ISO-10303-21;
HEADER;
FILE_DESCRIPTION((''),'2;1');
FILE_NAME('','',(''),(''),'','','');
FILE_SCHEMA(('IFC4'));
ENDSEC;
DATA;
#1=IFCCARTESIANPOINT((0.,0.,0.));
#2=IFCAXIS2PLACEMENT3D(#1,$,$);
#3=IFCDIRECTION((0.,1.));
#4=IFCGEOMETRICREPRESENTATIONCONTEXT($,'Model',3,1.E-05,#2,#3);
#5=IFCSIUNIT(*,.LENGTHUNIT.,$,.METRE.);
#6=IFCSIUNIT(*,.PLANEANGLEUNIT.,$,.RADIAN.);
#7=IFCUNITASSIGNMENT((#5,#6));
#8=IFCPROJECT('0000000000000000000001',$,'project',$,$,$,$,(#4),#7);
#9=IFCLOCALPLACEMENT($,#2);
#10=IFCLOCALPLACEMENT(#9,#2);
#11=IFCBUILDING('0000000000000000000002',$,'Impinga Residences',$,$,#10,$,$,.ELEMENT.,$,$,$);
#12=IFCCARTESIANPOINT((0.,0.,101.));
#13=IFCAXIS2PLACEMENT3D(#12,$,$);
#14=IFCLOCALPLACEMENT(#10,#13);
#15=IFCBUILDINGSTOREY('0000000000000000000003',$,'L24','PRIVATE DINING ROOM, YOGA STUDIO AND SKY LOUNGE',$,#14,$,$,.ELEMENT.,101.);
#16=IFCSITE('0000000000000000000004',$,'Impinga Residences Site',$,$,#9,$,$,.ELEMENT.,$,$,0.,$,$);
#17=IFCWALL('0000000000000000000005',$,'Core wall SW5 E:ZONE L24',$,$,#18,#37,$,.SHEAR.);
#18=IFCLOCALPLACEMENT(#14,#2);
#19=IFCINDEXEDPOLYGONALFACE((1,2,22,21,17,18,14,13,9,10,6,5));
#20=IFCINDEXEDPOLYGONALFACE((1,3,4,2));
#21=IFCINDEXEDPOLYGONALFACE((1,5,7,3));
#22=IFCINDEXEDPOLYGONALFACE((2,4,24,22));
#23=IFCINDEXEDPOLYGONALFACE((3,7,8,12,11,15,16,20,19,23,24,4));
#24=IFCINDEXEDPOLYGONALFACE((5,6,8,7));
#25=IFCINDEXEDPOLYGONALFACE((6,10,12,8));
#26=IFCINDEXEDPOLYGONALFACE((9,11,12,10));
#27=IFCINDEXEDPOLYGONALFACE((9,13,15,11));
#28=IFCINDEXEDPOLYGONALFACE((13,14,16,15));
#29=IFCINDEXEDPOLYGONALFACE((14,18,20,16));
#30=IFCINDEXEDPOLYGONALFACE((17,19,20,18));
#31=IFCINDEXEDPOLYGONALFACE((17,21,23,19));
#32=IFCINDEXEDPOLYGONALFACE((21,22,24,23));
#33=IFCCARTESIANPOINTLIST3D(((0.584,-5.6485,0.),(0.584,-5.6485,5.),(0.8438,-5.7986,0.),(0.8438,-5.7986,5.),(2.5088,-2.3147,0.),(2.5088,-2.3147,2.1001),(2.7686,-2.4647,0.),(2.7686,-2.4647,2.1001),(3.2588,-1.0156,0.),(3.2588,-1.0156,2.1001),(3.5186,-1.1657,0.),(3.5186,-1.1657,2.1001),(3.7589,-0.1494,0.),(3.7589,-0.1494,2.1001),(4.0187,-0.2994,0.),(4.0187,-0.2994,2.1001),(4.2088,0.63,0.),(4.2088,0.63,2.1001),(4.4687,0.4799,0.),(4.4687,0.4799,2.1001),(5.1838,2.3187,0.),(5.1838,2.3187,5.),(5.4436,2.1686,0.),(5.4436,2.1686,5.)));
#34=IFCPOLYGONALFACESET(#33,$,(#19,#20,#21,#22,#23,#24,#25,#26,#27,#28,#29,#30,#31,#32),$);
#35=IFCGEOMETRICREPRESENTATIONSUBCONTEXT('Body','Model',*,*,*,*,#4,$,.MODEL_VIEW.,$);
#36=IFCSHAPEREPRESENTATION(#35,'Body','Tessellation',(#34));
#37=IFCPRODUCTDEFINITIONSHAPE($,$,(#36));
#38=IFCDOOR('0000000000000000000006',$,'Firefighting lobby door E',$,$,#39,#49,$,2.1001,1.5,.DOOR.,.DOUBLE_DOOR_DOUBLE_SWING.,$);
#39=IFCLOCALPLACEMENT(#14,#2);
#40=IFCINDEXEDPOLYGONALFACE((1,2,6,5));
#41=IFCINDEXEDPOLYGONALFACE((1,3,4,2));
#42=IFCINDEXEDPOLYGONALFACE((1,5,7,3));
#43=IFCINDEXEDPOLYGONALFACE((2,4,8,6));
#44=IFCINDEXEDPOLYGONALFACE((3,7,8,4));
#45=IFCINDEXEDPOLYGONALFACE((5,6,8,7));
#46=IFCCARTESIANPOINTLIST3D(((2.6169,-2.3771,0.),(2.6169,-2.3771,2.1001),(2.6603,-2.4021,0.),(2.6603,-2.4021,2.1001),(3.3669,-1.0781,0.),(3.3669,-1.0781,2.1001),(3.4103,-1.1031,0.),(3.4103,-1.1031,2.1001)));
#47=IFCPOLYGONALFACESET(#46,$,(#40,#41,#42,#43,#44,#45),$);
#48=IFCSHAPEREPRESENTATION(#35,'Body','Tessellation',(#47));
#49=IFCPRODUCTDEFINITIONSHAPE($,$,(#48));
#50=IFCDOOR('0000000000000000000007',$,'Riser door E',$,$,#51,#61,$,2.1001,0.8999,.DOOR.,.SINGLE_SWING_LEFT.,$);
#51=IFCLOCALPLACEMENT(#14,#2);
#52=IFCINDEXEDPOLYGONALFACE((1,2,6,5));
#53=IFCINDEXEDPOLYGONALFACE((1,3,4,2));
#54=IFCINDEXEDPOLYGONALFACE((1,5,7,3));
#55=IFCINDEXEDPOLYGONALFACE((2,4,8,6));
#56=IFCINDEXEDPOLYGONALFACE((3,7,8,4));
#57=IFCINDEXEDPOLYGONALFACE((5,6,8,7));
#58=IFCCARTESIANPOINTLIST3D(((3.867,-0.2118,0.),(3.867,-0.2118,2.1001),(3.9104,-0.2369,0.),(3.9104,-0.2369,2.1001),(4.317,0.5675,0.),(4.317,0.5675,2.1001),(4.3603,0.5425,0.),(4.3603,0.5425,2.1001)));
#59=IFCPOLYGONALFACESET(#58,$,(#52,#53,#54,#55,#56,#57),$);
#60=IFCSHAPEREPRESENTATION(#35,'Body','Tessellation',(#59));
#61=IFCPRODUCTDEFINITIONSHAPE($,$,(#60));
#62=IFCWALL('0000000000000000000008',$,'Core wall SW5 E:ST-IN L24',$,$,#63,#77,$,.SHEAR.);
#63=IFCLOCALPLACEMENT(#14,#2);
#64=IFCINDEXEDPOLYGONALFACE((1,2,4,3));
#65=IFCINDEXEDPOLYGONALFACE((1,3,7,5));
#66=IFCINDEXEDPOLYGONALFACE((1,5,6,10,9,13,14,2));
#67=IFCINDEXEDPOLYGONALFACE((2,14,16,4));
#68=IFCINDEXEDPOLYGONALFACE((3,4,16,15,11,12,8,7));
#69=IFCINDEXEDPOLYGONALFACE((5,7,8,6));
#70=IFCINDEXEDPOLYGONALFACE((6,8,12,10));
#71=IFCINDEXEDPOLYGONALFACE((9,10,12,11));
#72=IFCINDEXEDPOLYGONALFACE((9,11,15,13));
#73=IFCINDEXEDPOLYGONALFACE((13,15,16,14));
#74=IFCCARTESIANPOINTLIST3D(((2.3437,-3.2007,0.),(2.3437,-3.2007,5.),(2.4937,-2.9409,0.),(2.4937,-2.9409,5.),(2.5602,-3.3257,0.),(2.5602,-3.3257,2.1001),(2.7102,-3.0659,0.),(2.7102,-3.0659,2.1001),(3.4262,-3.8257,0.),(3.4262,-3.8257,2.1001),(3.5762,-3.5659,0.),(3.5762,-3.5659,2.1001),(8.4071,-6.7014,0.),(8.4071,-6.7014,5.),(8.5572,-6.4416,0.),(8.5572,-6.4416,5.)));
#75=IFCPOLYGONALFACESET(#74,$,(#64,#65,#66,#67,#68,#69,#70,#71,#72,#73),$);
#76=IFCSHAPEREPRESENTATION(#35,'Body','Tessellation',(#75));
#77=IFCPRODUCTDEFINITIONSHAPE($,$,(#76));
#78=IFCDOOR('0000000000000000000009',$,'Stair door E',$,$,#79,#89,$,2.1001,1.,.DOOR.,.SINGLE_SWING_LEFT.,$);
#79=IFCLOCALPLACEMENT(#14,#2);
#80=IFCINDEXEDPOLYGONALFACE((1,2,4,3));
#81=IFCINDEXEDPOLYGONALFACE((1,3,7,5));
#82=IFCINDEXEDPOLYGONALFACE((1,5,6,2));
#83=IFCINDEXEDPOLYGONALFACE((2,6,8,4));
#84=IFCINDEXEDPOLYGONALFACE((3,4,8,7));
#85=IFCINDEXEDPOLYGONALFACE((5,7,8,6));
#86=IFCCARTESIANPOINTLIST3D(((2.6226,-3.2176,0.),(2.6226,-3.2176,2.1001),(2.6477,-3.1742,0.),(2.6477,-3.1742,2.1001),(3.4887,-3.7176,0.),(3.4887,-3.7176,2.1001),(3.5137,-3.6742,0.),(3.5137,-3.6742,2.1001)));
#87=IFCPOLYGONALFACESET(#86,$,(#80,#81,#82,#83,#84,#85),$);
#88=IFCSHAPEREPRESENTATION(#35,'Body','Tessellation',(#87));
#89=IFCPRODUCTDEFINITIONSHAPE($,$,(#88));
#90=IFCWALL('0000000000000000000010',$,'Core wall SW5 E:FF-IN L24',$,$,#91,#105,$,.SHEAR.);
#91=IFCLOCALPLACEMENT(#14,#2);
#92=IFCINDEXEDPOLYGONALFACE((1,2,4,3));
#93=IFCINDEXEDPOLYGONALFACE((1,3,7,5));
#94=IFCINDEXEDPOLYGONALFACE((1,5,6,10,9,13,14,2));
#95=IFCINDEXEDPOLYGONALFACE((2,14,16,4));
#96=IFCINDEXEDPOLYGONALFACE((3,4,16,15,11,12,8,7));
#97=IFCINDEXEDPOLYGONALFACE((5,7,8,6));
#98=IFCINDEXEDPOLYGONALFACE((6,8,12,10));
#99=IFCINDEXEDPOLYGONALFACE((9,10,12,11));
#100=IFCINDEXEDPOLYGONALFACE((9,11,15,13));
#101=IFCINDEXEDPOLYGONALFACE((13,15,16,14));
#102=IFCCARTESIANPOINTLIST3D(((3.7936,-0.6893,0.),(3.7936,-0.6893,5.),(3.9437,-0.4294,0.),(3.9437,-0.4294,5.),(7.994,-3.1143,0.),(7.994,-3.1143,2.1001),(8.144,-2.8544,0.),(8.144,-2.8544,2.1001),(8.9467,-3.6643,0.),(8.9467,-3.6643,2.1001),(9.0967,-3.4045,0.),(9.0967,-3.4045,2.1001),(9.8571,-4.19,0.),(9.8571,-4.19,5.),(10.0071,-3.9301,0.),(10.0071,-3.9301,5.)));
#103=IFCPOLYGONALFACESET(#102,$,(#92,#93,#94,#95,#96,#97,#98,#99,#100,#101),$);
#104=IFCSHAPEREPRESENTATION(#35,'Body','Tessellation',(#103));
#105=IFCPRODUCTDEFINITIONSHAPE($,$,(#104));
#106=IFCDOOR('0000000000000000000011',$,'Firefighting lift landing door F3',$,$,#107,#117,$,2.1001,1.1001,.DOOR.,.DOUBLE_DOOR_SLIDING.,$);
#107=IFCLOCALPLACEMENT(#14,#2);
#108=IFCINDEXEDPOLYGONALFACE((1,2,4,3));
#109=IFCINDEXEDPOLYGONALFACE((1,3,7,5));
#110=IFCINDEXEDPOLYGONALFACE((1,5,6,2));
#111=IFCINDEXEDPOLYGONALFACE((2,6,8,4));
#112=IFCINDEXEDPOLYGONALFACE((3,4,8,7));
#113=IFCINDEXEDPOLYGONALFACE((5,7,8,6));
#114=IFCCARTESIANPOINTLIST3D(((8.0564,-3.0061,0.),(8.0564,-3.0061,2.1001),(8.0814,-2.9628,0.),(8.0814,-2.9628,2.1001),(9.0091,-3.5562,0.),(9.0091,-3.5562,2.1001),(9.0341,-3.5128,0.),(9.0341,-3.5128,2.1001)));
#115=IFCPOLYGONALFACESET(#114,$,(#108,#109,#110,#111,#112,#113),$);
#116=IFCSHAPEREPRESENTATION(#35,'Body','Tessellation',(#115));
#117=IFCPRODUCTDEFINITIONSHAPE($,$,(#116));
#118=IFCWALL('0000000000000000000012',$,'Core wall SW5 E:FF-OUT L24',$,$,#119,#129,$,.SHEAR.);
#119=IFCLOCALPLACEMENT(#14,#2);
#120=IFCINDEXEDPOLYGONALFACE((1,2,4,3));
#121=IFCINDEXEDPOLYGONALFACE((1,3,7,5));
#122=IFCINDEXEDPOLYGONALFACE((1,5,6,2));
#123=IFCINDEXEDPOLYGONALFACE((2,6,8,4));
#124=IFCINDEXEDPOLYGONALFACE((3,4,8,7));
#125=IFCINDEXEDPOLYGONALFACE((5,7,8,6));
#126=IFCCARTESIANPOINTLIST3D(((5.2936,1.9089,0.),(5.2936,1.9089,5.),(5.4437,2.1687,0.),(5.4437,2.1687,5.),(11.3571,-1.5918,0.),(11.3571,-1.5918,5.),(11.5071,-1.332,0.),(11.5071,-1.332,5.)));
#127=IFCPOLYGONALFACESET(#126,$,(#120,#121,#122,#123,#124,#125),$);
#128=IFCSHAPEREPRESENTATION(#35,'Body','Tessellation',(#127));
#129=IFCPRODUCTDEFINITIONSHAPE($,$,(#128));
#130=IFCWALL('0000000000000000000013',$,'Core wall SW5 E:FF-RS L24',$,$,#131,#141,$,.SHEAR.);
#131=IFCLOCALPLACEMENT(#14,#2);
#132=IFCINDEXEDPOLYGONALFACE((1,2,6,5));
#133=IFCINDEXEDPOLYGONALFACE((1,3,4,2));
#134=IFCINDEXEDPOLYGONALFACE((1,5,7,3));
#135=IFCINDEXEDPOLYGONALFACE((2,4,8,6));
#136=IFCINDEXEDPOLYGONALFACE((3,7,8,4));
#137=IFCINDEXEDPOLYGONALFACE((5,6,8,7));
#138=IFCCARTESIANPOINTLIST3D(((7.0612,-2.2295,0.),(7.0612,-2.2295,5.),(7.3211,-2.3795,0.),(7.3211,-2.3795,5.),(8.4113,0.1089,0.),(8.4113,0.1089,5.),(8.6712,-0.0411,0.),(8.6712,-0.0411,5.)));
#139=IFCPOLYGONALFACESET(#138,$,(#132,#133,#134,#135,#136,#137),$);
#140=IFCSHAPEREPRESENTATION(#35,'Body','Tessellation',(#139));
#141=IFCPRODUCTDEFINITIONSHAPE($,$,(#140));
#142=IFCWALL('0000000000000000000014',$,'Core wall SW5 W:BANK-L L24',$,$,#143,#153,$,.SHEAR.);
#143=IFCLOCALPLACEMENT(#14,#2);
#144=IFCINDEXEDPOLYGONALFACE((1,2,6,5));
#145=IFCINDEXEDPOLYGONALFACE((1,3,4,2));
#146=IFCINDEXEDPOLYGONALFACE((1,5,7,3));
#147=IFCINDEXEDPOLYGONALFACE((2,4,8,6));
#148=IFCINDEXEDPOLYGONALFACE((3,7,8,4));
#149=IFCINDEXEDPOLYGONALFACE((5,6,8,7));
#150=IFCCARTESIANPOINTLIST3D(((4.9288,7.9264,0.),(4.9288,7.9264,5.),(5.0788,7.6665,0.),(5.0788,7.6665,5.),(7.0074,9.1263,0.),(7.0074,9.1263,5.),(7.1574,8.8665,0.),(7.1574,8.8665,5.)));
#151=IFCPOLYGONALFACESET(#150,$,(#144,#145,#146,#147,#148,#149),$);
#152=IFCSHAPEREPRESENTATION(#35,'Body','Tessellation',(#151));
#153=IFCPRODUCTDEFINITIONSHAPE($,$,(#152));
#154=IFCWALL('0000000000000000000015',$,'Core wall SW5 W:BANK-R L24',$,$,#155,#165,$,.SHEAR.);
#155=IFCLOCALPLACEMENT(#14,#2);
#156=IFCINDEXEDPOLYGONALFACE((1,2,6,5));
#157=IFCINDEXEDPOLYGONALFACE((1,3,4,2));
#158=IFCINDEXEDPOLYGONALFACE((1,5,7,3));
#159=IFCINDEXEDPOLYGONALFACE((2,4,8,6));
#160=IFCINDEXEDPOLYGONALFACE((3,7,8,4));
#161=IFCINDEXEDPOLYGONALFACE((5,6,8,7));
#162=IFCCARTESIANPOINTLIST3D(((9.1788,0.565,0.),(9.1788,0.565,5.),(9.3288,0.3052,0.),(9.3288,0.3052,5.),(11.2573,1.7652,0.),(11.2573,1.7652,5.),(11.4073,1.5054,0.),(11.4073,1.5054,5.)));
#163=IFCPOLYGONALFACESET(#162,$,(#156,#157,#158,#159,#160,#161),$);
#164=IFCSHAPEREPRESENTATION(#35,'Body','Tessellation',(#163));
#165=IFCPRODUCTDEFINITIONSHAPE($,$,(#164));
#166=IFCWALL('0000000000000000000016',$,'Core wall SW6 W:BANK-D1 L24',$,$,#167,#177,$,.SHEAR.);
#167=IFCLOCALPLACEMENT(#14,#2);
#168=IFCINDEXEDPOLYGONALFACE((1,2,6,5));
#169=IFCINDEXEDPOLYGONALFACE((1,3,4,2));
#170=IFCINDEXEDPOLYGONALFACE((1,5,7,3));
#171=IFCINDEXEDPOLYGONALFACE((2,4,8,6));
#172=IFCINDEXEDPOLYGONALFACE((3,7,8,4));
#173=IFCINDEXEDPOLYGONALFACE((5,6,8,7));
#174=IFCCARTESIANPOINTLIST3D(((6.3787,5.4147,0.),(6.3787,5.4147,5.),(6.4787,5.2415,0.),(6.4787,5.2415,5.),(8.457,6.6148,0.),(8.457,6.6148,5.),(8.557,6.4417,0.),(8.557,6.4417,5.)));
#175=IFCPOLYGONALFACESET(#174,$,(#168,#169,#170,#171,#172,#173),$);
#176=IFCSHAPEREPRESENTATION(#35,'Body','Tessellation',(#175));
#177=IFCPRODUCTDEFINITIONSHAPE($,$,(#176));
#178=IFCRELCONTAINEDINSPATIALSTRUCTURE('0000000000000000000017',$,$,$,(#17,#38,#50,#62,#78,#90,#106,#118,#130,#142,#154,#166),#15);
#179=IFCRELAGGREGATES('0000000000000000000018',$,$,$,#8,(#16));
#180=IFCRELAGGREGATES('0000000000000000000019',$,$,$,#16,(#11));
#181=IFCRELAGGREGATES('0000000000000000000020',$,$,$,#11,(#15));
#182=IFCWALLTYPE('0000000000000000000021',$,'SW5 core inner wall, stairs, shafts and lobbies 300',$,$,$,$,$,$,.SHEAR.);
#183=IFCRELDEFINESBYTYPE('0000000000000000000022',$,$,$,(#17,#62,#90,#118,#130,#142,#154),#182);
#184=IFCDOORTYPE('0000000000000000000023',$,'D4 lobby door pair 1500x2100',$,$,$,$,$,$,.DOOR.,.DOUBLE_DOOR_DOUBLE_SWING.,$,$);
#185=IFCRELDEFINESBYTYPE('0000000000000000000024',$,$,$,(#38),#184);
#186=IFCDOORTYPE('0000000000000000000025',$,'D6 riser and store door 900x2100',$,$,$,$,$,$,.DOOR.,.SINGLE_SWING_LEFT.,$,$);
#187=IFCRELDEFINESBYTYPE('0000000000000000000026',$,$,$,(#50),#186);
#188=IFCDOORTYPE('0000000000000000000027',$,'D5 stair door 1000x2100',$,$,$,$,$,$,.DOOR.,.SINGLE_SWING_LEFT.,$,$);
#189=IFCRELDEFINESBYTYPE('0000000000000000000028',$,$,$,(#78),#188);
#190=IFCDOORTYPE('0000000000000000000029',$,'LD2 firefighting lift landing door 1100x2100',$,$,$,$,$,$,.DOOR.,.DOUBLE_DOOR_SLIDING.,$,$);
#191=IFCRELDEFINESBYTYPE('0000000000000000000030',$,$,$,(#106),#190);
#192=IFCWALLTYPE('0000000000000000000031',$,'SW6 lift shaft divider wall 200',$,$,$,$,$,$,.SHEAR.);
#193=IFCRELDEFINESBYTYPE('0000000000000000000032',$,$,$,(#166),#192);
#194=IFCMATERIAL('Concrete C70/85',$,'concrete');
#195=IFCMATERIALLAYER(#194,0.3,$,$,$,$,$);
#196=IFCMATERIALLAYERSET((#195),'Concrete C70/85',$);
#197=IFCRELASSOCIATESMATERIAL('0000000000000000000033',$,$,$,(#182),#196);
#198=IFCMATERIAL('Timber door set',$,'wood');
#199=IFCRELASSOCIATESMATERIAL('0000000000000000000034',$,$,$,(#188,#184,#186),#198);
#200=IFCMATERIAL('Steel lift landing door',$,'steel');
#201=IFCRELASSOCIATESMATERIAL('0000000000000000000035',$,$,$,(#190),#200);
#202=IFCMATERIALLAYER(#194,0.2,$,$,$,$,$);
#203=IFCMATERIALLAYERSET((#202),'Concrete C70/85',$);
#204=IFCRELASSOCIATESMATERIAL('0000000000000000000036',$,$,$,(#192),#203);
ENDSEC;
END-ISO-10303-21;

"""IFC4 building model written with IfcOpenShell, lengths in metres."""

from ifc_helpers import new_model, si_unit, direction, frame, frame_2d, origin, place, context, subcontext, project, spatial, rectangle, extrude, material, layer, layer_set, type_object, element, fill, save


model = new_model("IFC4")

# Units and contexts
model_context = context("Model", 3, precision=1e-05, world=origin(), true_north=direction((0.0, 1.0)))
body_context = subcontext(model_context, "Body", "Model", "MODEL_VIEW")
ifc_project = project(units=[si_unit("LENGTHUNIT", "METRE"), si_unit("PLANEANGLEUNIT", "RADIAN")], contexts=[model_context])

# Site, building, storey
site_placement = place(None, origin())
site = spatial("IfcSite", under=ifc_project, at=site_placement, Name="Impinga Residences Site", CompositionType="ELEMENT", RefElevation=0.0)
building_placement = place(site_placement, origin())
building = spatial("IfcBuilding", under=site, at=building_placement, Name="Impinga Residences", CompositionType="ELEMENT")
storey_placement = place(building_placement, frame((0.0, 0.0, 101.0)))
storey = spatial("IfcBuildingStorey", under=building, at=storey_placement, Name="L24", Description="PRIVATE DINING ROOM, YOGA STUDIO AND SKY LOUNGE", CompositionType="ELEMENT", Elevation=101.0)

# Shared definitions
ifc_material_1 = material(Name="Timber door set", Category="wood")
ifc_material_2 = material(Name="Concrete C70/85", Category="concrete")
ifc_layer_1 = layer(ifc_material_2, 0.3)
ifc_layer_set_1 = layer_set([ifc_layer_1], Name="Concrete C70/85")
wall_type_1 = type_object("IfcWallType", Name="SW5 core inner wall, stairs, shafts and lobbies 300", PredefinedType="SHEAR", material=ifc_layer_set_1)
door_type_1 = type_object("IfcDoorType", Name="D5 stair door 1000x2100", OperationType="SINGLE_SWING_LEFT", PredefinedType="DOOR", material=ifc_material_1)

# Wall, openings, doors
wall_1_placement = place(storey_placement, frame((5.3137, 2.2437, 0.0), z_axis=(0.0, 0.0, 1.0), x_axis=(-0.499995, -0.866028, 0.0)))
wall_1 = element("IfcWall", 1, at=wall_1_placement, inside=storey, type_object=wall_type_1, Name="Core wall SW5 E:ZONE L24", PredefinedType="SHEAR", context=body_context, shape_type="SweptSolid", body=[
    extrude(rectangle(XDim=9.1997, YDim=0.3, at=frame_2d((4.5999, 0.0))), origin(), (0.0, 0.0, 1.0), 5.0),
])
opening_1_placement = place(wall_1_placement, frame((3.8501, 0.0, 0.0)))
opening_1 = element("IfcOpeningElement", 2, at=opening_1_placement, cuts=wall_1, PredefinedType="OPENING", context=body_context, shape_type="SweptSolid", body=[
    extrude(rectangle(XDim=1.5, YDim=2.1001, at=frame_2d((0.75, 1.05))), frame((0.0, 0.1599, 0.0), z_axis=(0.0, -1.0, 0.0), x_axis=(1.0, 0.0, 0.0)), (0.0, 0.0, 1.0), 0.3201),
])
opening_2_placement = place(wall_1_placement, frame((1.95, 0.0, 0.0)))
opening_2 = element("IfcOpeningElement", 3, at=opening_2_placement, cuts=wall_1, PredefinedType="OPENING", context=body_context, shape_type="SweptSolid", body=[
    extrude(rectangle(XDim=0.8999, YDim=2.1001, at=frame_2d((0.45, 1.05))), frame((0.0, 0.1599, 0.0), z_axis=(0.0, -1.0, 0.0), x_axis=(1.0, 0.0, 0.0)), (0.0, 0.0, 1.0), 0.3201),
])
door_type_2 = type_object("IfcDoorType", Name="D4 lobby door pair 1500x2100", OperationType="DOUBLE_DOOR_DOUBLE_SWING", PredefinedType="DOOR", material=ifc_material_1)
door_1_placement = place(opening_1_placement, origin())
door_1 = element("IfcDoor", 4, at=door_1_placement, inside=storey, type_object=door_type_2, Name="Firefighting lobby door E", OperationType="DOUBLE_DOOR_DOUBLE_SWING", OverallHeight=2.1001, OverallWidth=1.5, PredefinedType="DOOR", context=body_context, shape_type="SweptSolid", body=[
    extrude(rectangle(XDim=1.5, YDim=2.1001, at=frame_2d((0.75, 1.05))), frame((0.0, 0.0249, 0.0), z_axis=(0.0, -1.0, 0.0), x_axis=(1.0, 0.0, 0.0)), (0.0, 0.0, 1.0), 0.05),
])
fill(opening_1, door_1)
door_type_3 = type_object("IfcDoorType", Name="D6 riser and store door 900x2100", OperationType="SINGLE_SWING_LEFT", PredefinedType="DOOR", material=ifc_material_1)
door_2_placement = place(opening_2_placement, origin())
door_2 = element("IfcDoor", 5, at=door_2_placement, inside=storey, type_object=door_type_3, Name="Riser door E", OperationType="SINGLE_SWING_LEFT", OverallHeight=2.1001, OverallWidth=0.8999, PredefinedType="DOOR", context=body_context, shape_type="SweptSolid", body=[
    extrude(rectangle(XDim=0.8999, YDim=2.1001, at=frame_2d((0.45, 1.05))), frame((0.0, 0.0249, 0.0), z_axis=(0.0, -1.0, 0.0), x_axis=(1.0, 0.0, 0.0)), (0.0, 0.0, 1.0), 0.05),
])
fill(opening_2, door_2)

# Walls, openings, doors
wall_2_placement = place(storey_placement, frame((2.4187, -3.0708, 0.0), z_axis=(0.0, 0.0, 1.0), x_axis=(0.866026, -0.499998, 0.0)))
wall_2 = element("IfcWall", 6, at=wall_2_placement, inside=storey, type_object=wall_type_1, Name="Core wall SW5 E:ST-IN L24", PredefinedType="SHEAR", context=body_context, shape_type="SweptSolid", body=[
    extrude(rectangle(XDim=7.0015, YDim=0.3, at=frame_2d((3.5007, 0.0))), origin(), (0.0, 0.0, 1.0), 5.0),
])
opening_3_placement = place(wall_2_placement, frame((0.25, 0.0, 0.0)))
opening_3 = element("IfcOpeningElement", 7, at=opening_3_placement, cuts=wall_2, PredefinedType="OPENING", context=body_context, shape_type="SweptSolid", body=[
    extrude(rectangle(XDim=1.0, YDim=2.1001, at=frame_2d((0.5, 1.05))), frame((0.0, 0.1599, 0.0), z_axis=(0.0, -1.0, 0.0), x_axis=(1.0, 0.0, 0.0)), (0.0, 0.0, 1.0), 0.3201),
])
door_3_placement = place(opening_3_placement, origin())
door_3 = element("IfcDoor", 8, at=door_3_placement, inside=storey, type_object=door_type_1, Name="Stair door E", OperationType="SINGLE_SWING_LEFT", OverallHeight=2.1001, OverallWidth=1.0, PredefinedType="DOOR", context=body_context, shape_type="SweptSolid", body=[
    extrude(rectangle(XDim=1.0, YDim=2.1001, at=frame_2d((0.5, 1.05))), frame((0.0, 0.0249, 0.0), z_axis=(0.0, -1.0, 0.0), x_axis=(1.0, 0.0, 0.0)), (0.0, 0.0, 1.0), 0.05),
])
fill(opening_3, door_3)
wall_3_placement = place(storey_placement, frame((3.8687, -0.5593, 0.0), z_axis=(0.0, 0.0, 1.0), x_axis=(0.866026, -0.499998, 0.0)))
wall_3 = element("IfcWall", 9, at=wall_3_placement, inside=storey, type_object=wall_type_1, Name="Core wall SW5 E:FF-IN L24", PredefinedType="SHEAR", context=body_context, shape_type="SweptSolid", body=[
    extrude(rectangle(XDim=7.0015, YDim=0.3, at=frame_2d((3.5007, 0.0))), origin(), (0.0, 0.0, 1.0), 5.0),
])
opening_4_placement = place(wall_3_placement, frame((4.8501, 0.0, 0.0)))
opening_4 = element("IfcOpeningElement", 10, at=opening_4_placement, cuts=wall_3, PredefinedType="OPENING", context=body_context, shape_type="SweptSolid", body=[
    extrude(rectangle(XDim=1.1001, YDim=2.1001, at=frame_2d((0.55, 1.05))), frame((0.0, 0.1599, 0.0), z_axis=(0.0, -1.0, 0.0), x_axis=(1.0, 0.0, 0.0)), (0.0, 0.0, 1.0), 0.3201),
])
ifc_material_3 = material(Name="Steel lift landing door", Category="steel")
door_type_4 = type_object("IfcDoorType", Name="LD2 firefighting lift landing door 1100x2100", OperationType="DOUBLE_DOOR_SLIDING", PredefinedType="DOOR", material=ifc_material_3)
door_4_placement = place(opening_4_placement, origin())
door_4 = element("IfcDoor", 11, at=door_4_placement, inside=storey, type_object=door_type_4, Name="Firefighting lift landing door F3", OperationType="DOUBLE_DOOR_SLIDING", OverallHeight=2.1001, OverallWidth=1.1001, PredefinedType="DOOR", context=body_context, shape_type="SweptSolid", body=[
    extrude(rectangle(XDim=1.1001, YDim=2.1001, at=frame_2d((0.55, 1.05))), frame((0.0, 0.0249, 0.0), z_axis=(0.0, -1.0, 0.0), x_axis=(1.0, 0.0, 0.0)), (0.0, 0.0, 1.0), 0.05),
])
fill(opening_4, door_4)

# Walls
wall_4_placement = place(storey_placement, frame((5.3687, 2.0388, 0.0), z_axis=(0.0, 0.0, 1.0), x_axis=(0.866026, -0.499998, 0.0)))
element("IfcWall", 12, at=wall_4_placement, inside=storey, type_object=wall_type_1, Name="Core wall SW5 E:FF-OUT L24", PredefinedType="SHEAR", context=body_context, shape_type="SweptSolid", body=[
    extrude(rectangle(XDim=7.0015, YDim=0.3, at=frame_2d((3.5007, 0.0))), origin(), (0.0, 0.0, 1.0), 5.0),
])
wall_5_placement = place(storey_placement, frame((8.5413, 0.0339, 0.0), z_axis=(0.0, 0.0, 1.0), x_axis=(-0.500009, -0.86602, 0.0)))
element("IfcWall", 13, at=wall_5_placement, inside=storey, type_object=wall_type_1, Name="Core wall SW5 E:FF-RS L24", PredefinedType="SHEAR", context=body_context, shape_type="SweptSolid", body=[
    extrude(rectangle(XDim=2.7002, YDim=0.3, at=frame_2d((1.3501, 0.0))), origin(), (0.0, 0.0, 1.0), 5.0),
])
for number, where, z_axis, x_axis, name in (
    (14, (5.0037, 7.7964, 0.0), (0.0, 0.0, 1.0), (0.86605, 0.499957, 0.0), "Core wall SW5 W:BANK-L L24"),
    (15, (9.2537, 0.4351, 0.0), (0.0, 0.0, 1.0), (0.866006, 0.500034, 0.0), "Core wall SW5 W:BANK-R L24"),
):
    element("IfcWall", number, at=place(storey_placement, frame(where, z_axis=z_axis, x_axis=x_axis)), inside=storey, type_object=wall_type_1, Name=name, PredefinedType="SHEAR", context=body_context, shape_type="SweptSolid", body=[
        extrude(rectangle(XDim=2.4001, YDim=0.3, at=frame_2d((1.2002, 0.0))), origin(), (0.0, 0.0, 1.0), 5.0),
    ])
ifc_layer_2 = layer(ifc_material_2, 0.2)
ifc_layer_set_2 = layer_set([ifc_layer_2], Name="Concrete C70/85")
wall_type_2 = type_object("IfcWallType", Name="SW6 lift shaft divider wall 200", PredefinedType="SHEAR", material=ifc_layer_set_2)
wall_6_placement = place(storey_placement, frame((6.4287, 5.3281, 0.0), z_axis=(0.0, 0.0, 1.0), x_axis=(0.865981, 0.500078, 0.0)))
element("IfcWall", 16, at=wall_6_placement, inside=storey, type_object=wall_type_2, Name="Core wall SW6 W:BANK-D1 L24", PredefinedType="SHEAR", context=body_context, shape_type="SweptSolid", body=[
    extrude(rectangle(XDim=2.3999, YDim=0.2, at=frame_2d((1.2, 0.0))), origin(), (0.0, 0.0, 1.0), 5.0),
])

save(model, "model.ifc")
